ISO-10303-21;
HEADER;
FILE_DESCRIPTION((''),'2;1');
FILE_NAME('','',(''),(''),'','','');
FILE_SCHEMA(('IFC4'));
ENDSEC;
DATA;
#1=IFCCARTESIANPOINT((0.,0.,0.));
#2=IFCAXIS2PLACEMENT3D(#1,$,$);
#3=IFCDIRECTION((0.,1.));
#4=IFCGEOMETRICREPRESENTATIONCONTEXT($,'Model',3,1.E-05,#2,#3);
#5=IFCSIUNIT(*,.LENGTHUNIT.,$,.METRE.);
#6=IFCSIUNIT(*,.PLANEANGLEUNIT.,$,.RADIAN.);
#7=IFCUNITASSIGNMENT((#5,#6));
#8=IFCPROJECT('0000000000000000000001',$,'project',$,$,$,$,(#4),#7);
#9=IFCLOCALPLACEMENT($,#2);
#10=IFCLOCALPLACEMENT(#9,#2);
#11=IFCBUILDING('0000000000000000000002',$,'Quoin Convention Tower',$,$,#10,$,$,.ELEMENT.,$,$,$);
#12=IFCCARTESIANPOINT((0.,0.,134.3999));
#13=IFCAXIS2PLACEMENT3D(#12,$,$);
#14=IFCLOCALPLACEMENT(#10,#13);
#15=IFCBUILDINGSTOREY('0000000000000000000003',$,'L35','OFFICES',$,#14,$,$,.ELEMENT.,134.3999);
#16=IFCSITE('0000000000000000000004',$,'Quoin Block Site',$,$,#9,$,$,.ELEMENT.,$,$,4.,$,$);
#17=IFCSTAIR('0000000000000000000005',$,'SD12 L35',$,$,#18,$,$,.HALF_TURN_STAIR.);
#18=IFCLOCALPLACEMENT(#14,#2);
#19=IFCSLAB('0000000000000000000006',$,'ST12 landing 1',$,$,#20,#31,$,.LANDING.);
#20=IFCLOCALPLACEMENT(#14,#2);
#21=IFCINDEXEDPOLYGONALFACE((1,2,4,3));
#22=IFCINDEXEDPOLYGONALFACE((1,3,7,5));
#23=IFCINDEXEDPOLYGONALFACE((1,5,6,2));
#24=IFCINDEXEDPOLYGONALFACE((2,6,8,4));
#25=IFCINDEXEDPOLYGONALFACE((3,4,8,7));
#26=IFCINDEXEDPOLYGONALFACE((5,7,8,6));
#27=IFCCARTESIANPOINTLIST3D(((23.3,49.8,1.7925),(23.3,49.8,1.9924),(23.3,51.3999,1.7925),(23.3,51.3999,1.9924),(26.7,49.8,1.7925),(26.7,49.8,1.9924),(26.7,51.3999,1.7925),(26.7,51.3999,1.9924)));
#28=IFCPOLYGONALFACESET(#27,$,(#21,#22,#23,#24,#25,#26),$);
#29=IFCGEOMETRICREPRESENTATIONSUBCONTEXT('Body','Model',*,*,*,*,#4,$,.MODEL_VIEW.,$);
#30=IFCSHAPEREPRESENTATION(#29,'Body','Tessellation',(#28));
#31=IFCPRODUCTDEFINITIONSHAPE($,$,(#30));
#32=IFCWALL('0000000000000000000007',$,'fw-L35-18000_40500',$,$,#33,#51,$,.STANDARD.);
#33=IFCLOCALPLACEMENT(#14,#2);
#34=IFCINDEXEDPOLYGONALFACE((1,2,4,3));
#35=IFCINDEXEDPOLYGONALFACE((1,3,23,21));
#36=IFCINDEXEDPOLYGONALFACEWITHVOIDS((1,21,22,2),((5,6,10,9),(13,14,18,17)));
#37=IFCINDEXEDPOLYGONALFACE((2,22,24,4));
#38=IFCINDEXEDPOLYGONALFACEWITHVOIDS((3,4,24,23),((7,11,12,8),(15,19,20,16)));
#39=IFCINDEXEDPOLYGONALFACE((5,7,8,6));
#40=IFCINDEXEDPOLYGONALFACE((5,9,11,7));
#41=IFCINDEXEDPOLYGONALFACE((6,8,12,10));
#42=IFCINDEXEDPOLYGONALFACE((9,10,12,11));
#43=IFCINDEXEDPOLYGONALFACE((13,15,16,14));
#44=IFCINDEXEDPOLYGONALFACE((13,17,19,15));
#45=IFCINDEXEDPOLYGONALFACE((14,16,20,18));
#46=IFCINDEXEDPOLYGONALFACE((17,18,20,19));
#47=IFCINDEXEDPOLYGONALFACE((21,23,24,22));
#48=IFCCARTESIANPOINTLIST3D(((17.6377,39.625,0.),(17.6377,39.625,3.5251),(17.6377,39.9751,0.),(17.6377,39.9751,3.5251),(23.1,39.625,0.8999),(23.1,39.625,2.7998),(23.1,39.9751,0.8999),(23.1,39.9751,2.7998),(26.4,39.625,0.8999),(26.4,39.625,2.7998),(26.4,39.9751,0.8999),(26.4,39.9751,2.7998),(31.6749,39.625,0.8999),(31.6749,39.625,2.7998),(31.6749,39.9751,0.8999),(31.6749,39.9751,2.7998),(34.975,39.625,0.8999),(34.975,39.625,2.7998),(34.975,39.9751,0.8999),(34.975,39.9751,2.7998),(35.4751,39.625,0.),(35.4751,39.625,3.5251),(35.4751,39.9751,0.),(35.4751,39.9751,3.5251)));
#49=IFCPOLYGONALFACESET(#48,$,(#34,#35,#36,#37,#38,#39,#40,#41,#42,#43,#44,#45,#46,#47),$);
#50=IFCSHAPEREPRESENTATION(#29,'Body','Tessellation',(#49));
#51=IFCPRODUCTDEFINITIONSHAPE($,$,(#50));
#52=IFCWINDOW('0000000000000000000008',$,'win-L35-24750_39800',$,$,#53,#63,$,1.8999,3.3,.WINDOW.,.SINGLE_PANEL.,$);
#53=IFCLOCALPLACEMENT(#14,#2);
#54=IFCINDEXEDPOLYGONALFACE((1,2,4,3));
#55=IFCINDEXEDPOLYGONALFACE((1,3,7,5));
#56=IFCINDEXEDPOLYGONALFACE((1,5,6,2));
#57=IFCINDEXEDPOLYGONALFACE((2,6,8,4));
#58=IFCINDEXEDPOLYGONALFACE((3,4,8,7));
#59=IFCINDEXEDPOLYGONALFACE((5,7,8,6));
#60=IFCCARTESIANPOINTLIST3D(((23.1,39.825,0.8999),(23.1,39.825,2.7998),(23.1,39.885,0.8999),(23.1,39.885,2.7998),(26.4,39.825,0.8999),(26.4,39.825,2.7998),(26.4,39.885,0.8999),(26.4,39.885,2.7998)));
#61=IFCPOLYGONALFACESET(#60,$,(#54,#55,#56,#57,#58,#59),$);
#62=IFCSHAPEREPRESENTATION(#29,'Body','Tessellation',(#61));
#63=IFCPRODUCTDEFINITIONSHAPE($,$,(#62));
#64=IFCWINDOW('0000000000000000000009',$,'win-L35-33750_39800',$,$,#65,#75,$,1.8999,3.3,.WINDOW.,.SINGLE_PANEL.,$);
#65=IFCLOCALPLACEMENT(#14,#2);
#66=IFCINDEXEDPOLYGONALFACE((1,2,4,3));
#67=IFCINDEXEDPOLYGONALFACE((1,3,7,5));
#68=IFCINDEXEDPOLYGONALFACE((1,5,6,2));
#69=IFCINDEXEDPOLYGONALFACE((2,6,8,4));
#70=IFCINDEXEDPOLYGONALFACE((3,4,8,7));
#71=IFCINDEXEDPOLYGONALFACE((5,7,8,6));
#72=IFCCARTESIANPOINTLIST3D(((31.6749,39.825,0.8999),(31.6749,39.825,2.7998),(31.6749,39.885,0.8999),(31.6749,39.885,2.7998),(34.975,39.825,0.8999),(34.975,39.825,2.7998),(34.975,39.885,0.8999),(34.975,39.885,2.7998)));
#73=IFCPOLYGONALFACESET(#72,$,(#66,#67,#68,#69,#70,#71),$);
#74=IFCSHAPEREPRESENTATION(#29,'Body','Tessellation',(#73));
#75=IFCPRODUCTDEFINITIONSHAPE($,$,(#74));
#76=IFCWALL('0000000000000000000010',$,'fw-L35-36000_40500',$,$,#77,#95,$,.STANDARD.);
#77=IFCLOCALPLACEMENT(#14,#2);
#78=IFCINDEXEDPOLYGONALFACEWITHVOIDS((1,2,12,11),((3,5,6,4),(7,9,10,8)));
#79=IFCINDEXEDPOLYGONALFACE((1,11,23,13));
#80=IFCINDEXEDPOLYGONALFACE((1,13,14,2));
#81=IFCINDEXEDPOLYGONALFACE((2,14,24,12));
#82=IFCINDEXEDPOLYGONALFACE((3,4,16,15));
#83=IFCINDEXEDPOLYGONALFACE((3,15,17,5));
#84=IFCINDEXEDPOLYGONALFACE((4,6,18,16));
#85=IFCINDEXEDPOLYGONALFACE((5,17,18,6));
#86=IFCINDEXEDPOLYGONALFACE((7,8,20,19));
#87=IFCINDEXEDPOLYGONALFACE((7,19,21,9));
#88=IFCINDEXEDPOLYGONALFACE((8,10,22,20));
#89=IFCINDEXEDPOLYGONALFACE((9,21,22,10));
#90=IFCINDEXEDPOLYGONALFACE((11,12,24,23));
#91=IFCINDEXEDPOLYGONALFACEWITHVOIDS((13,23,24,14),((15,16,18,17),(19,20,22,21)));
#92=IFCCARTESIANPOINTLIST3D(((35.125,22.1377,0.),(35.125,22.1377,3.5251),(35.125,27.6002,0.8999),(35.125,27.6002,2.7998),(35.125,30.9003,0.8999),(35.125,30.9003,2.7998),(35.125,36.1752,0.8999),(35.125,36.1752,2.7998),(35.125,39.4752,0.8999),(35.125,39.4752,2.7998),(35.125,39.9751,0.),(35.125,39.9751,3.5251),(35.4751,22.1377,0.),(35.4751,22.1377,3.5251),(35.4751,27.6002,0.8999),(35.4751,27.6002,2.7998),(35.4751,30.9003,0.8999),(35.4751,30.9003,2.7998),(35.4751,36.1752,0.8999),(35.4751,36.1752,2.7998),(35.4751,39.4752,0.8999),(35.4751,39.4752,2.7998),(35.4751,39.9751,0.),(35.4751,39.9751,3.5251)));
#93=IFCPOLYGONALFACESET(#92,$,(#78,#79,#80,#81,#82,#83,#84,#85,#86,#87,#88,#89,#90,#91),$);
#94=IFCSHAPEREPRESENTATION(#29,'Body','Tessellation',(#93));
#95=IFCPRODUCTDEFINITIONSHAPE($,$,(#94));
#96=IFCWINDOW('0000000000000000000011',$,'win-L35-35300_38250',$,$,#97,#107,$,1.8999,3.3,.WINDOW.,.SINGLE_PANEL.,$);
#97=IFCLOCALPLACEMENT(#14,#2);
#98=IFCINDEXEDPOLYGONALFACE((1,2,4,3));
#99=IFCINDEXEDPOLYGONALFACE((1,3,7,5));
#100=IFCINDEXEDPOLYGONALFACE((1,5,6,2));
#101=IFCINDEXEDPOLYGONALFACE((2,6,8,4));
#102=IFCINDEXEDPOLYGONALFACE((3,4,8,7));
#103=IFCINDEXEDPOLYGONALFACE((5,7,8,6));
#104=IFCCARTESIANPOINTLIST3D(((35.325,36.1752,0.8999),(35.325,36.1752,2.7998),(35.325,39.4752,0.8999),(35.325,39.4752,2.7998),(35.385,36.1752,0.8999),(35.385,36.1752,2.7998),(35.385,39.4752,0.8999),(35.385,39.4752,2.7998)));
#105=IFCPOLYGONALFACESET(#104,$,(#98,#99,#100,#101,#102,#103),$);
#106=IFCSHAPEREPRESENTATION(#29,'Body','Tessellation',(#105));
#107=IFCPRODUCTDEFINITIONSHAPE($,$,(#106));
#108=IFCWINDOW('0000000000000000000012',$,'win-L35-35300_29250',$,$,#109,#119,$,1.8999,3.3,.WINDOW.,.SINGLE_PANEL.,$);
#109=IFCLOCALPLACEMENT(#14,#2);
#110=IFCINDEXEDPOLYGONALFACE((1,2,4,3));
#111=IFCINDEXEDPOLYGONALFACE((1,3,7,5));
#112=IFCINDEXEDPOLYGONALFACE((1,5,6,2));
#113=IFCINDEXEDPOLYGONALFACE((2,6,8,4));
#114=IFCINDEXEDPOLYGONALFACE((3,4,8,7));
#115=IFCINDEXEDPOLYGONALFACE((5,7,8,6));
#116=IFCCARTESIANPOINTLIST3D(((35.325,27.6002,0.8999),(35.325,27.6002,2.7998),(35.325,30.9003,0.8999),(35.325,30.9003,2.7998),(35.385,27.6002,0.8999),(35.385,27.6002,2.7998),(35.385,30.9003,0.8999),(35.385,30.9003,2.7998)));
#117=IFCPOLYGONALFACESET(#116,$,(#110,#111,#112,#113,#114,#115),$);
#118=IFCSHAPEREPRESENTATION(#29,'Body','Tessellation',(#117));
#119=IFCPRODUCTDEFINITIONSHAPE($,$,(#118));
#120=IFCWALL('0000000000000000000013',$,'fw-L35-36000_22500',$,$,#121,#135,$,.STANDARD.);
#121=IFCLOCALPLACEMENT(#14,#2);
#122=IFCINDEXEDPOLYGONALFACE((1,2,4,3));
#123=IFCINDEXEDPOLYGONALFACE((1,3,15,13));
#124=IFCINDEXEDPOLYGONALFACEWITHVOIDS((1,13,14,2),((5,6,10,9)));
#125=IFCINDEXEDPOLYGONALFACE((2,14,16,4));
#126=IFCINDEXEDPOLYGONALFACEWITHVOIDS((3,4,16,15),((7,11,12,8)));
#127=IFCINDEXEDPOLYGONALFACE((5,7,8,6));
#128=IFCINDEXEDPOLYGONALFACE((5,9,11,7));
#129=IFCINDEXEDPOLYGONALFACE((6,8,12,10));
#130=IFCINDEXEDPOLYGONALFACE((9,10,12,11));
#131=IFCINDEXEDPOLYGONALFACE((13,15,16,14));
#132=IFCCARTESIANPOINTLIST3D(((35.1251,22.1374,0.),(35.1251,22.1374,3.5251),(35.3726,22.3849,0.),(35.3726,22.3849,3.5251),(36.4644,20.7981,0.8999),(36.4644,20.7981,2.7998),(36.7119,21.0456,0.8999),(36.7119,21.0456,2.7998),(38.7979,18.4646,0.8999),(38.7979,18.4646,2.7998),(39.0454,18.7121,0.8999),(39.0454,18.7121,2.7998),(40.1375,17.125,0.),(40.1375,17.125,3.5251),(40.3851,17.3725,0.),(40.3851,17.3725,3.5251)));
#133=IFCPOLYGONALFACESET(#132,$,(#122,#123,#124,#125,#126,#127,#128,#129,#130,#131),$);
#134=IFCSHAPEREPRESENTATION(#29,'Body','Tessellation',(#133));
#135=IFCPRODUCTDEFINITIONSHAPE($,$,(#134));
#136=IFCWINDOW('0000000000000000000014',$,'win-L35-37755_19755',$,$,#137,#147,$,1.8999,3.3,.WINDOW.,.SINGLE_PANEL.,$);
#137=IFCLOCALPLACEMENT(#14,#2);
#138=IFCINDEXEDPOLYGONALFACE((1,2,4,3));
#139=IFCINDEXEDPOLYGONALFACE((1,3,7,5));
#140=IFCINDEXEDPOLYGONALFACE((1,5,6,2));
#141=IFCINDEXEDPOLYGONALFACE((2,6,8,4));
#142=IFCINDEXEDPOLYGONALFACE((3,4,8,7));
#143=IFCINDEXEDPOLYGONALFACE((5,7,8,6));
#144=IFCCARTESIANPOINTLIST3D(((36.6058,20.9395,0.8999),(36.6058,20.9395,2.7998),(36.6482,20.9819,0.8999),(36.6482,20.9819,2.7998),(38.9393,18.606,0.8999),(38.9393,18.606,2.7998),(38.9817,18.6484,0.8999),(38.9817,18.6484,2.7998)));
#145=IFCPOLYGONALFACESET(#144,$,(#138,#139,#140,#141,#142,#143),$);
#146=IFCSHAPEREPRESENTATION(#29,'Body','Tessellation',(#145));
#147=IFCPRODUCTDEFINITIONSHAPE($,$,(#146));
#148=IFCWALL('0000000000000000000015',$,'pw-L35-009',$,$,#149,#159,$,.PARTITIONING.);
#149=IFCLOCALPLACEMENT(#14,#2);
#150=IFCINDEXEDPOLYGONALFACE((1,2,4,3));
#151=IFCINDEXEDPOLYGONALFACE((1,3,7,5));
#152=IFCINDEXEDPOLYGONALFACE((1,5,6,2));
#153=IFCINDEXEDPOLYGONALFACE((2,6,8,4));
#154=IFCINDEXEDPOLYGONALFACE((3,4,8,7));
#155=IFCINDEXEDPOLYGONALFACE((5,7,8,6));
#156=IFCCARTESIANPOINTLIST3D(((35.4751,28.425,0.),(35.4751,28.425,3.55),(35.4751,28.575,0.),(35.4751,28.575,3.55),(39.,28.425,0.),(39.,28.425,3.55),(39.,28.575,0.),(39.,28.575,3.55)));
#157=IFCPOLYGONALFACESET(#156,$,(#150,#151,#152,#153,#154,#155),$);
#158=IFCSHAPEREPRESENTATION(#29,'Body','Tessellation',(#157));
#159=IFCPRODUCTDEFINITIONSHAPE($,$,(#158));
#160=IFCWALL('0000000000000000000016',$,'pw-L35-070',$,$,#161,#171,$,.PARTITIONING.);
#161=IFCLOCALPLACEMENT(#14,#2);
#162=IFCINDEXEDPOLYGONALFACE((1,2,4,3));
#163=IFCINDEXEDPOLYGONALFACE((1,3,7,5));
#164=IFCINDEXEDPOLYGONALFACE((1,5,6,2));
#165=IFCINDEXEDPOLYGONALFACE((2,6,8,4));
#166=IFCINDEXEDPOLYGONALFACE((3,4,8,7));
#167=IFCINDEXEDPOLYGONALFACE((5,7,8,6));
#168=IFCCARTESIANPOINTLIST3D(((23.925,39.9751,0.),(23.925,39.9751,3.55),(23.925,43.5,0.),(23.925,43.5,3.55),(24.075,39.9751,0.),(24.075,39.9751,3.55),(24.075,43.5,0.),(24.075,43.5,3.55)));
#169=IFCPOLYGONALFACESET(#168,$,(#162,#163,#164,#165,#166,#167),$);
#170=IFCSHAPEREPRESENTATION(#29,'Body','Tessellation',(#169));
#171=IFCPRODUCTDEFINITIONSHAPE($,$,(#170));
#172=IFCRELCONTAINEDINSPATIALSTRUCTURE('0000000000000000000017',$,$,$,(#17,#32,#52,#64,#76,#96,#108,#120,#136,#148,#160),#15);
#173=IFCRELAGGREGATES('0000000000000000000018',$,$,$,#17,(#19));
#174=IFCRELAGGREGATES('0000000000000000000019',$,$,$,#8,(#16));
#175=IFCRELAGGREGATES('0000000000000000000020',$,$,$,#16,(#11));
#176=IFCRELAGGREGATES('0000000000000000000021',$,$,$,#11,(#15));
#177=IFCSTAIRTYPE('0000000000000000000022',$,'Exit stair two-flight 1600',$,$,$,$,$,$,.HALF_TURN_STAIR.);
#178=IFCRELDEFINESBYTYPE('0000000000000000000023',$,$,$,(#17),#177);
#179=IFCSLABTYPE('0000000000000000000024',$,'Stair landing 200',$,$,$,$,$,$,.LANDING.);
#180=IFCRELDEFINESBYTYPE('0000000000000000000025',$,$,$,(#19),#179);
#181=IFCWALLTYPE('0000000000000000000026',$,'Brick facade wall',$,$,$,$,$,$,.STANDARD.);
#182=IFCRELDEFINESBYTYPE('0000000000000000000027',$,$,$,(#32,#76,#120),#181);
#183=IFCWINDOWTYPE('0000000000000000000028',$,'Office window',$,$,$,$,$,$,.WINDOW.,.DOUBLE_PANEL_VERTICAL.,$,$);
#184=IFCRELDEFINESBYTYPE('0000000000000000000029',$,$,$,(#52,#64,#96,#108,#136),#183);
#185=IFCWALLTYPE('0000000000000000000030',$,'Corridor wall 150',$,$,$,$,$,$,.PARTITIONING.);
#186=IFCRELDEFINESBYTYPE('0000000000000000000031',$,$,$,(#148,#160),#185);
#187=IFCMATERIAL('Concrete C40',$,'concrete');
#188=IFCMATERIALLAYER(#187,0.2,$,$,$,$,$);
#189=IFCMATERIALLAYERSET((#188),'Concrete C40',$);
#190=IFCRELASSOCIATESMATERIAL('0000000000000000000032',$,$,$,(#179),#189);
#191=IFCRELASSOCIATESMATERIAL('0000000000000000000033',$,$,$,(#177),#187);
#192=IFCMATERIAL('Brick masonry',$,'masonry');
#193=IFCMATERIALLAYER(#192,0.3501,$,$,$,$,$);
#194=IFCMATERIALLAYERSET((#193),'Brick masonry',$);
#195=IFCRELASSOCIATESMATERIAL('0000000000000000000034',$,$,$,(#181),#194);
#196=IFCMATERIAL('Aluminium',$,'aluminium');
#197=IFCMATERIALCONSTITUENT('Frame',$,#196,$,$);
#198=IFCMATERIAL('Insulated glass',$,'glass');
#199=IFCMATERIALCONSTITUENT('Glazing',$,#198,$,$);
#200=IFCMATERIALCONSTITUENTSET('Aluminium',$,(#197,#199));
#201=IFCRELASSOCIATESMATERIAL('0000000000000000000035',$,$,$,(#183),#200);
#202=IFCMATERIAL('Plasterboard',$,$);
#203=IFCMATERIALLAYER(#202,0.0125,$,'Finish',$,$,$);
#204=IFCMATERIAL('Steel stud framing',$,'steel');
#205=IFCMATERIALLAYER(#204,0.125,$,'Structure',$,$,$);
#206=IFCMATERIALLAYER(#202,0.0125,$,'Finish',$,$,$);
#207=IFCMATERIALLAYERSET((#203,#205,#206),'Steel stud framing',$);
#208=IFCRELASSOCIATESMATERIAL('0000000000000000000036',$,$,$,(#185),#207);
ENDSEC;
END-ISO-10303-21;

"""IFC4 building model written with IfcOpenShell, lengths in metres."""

from ifc_helpers import new_model, si_unit, direction, frame, frame_2d, origin, place, context, subcontext, project, spatial, polyline, rectangle, outline, extrude, material, layer, layer_set, constituent, constituent_set, type_object, element, fill, aggregate, save


model = new_model("IFC4")

# Units and contexts
model_context = context("Model", 3, precision=1e-05, world=origin(), true_north=direction((0.0, 1.0)))
body_context = subcontext(model_context, "Body", "Model", "MODEL_VIEW")
ifc_project = project(units=[si_unit("LENGTHUNIT", "METRE"), si_unit("PLANEANGLEUNIT", "RADIAN")], contexts=[model_context])

# Site, building, storey
site_placement = place(None, origin())
site = spatial("IfcSite", under=ifc_project, at=site_placement, Name="Quoin Block Site", CompositionType="ELEMENT", RefElevation=4.0)
building_placement = place(site_placement, origin())
building = spatial("IfcBuilding", under=site, at=building_placement, Name="Quoin Convention Tower", CompositionType="ELEMENT")
storey_placement = place(building_placement, frame((0.0, 0.0, 134.3999)))
storey = spatial("IfcBuildingStorey", under=building, at=storey_placement, Name="L35", Description="OFFICES", CompositionType="ELEMENT", Elevation=134.3999)

# Shared definitions
ifc_material_1 = material(Name="Concrete C40", Category="concrete")

# Stair, slab
ifc_layer_1 = layer(ifc_material_1, 0.2)
ifc_layer_set_1 = layer_set([ifc_layer_1], Name="Concrete C40")
slab_type_1 = type_object("IfcSlabType", Name="Stair landing 200", PredefinedType="LANDING", material=ifc_layer_set_1)
stair_type_1 = type_object("IfcStairType", Name="Exit stair two-flight 1600", PredefinedType="HALF_TURN_STAIR", material=ifc_material_1)
stair_1_placement = place(storey_placement, origin())
stair_1 = element("IfcStair", 1, at=stair_1_placement, inside=storey, type_object=stair_type_1, Name="SD12 L35", PredefinedType="HALF_TURN_STAIR")
slab_1_placement = place(storey_placement, frame((0.0, 0.0, 1.7925)))
slab_1 = element("IfcSlab", 2, at=slab_1_placement, type_object=slab_type_1, Name="ST12 landing 1", PredefinedType="LANDING", context=body_context, shape_type="SweptSolid", body=[
    extrude(outline(polyline([(26.7, 51.3999), (23.3, 51.3999), (23.3, 49.8), (26.7, 49.8), (26.7, 51.3999)])), origin(), (0.0, 0.0, 1.0), 0.2),
])
aggregate(stair_1, [slab_1])

# Walls, openings, windows
ifc_material_2 = material(Name="Brick masonry", Category="masonry")
ifc_layer_2 = layer(ifc_material_2, 0.3501)
ifc_layer_set_2 = layer_set([ifc_layer_2], Name="Brick masonry")
wall_type_1 = type_object("IfcWallType", Name="Brick facade wall", PredefinedType="STANDARD", material=ifc_layer_set_2)
wall_1_placement = place(storey_placement, frame((17.6377, 39.8, 0.0), z_axis=(0.0, 0.0, 1.0), x_axis=(1.0, 0.0, 0.0)))
wall_1 = element("IfcWall", 3, at=wall_1_placement, inside=storey, type_object=wall_type_1, Name="fw-L35-18000_40500", PredefinedType="STANDARD", context=body_context, shape_type="SweptSolid", body=[
    extrude(rectangle(XDim=17.8374, YDim=0.3501, at=frame_2d((8.9187, 0.0))), origin(), (0.0, 0.0, 1.0), 3.5251),
])
opening_1_placement = place(wall_1_placement, frame((5.4624, 0.0, 0.8999)))
opening_1 = element("IfcOpeningElement", 4, at=opening_1_placement, cuts=wall_1, PredefinedType="OPENING", context=body_context, shape_type="SweptSolid", body=[
    extrude(rectangle(XDim=3.3, YDim=1.8999, at=frame_2d((1.6499, 0.95))), frame((0.0, 0.1851, 0.0), z_axis=(0.0, -1.0, 0.0), x_axis=(1.0, 0.0, 0.0)), (0.0, 0.0, 1.0), 0.3701),
])
opening_2_placement = place(wall_1_placement, frame((14.0374, 0.0, 0.8999)))
opening_2 = element("IfcOpeningElement", 5, at=opening_2_placement, cuts=wall_1, PredefinedType="OPENING", context=body_context, shape_type="SweptSolid", body=[
    extrude(rectangle(XDim=3.3, YDim=1.8999, at=frame_2d((1.6499, 0.95))), frame((0.0, 0.1851, 0.0), z_axis=(0.0, -1.0, 0.0), x_axis=(1.0, 0.0, 0.0)), (0.0, 0.0, 1.0), 0.3701),
])
ifc_material_3 = material(Name="Aluminium", Category="aluminium")
ifc_constituent_1 = constituent(ifc_material_3, Name="Frame")
ifc_material_4 = material(Name="Insulated glass", Category="glass")
ifc_constituent_2 = constituent(ifc_material_4, Name="Glazing")
ifc_constituent_set = constituent_set(constituents=[ifc_constituent_1, ifc_constituent_2], Name="Aluminium")
window_type = type_object("IfcWindowType", Name="Office window", PartitioningType="DOUBLE_PANEL_VERTICAL", PredefinedType="WINDOW", material=ifc_constituent_set)
window_1_placement = place(opening_1_placement, origin())
window_1 = element("IfcWindow", 6, at=window_1_placement, inside=storey, type_object=window_type, Name="win-L35-24750_39800", OverallHeight=1.8999, OverallWidth=3.3, PartitioningType="SINGLE_PANEL", PredefinedType="WINDOW", context=body_context, shape_type="SweptSolid", body=[
    extrude(rectangle(XDim=3.3, YDim=1.8999, at=frame_2d((1.6499, 0.95))), frame((0.0, 0.085, 0.0), z_axis=(0.0, -1.0, 0.0), x_axis=(1.0, 0.0, 0.0)), (0.0, 0.0, 1.0), 0.0601),
])
fill(opening_1, window_1)
window_2_placement = place(opening_2_placement, origin())
window_2 = element("IfcWindow", 7, at=window_2_placement, inside=storey, type_object=window_type, Name="win-L35-33750_39800", OverallHeight=1.8999, OverallWidth=3.3, PartitioningType="SINGLE_PANEL", PredefinedType="WINDOW", context=body_context, shape_type="SweptSolid", body=[
    extrude(rectangle(XDim=3.3, YDim=1.8999, at=frame_2d((1.6499, 0.95))), frame((0.0, 0.085, 0.0), z_axis=(0.0, -1.0, 0.0), x_axis=(1.0, 0.0, 0.0)), (0.0, 0.0, 1.0), 0.0601),
])
fill(opening_2, window_2)
wall_2_placement = place(storey_placement, frame((35.3, 39.9751, 0.0), z_axis=(0.0, 0.0, 1.0), x_axis=(0.0, -1.0, 0.0)))
wall_2 = element("IfcWall", 8, at=wall_2_placement, inside=storey, type_object=wall_type_1, Name="fw-L35-36000_40500", PredefinedType="STANDARD", context=body_context, shape_type="SweptSolid", body=[
    extrude(rectangle(XDim=17.8374, YDim=0.3501, at=frame_2d((8.9187, 0.0))), origin(), (0.0, 0.0, 1.0), 3.5251),
])
opening_3_placement = place(wall_2_placement, frame((0.5, 0.0, 0.8999)))
opening_3 = element("IfcOpeningElement", 9, at=opening_3_placement, cuts=wall_2, PredefinedType="OPENING", context=body_context, shape_type="SweptSolid", body=[
    extrude(rectangle(XDim=3.3, YDim=1.8999, at=frame_2d((1.6499, 0.95))), frame((0.0, 0.1851, 0.0), z_axis=(0.0, -1.0, 0.0), x_axis=(1.0, 0.0, 0.0)), (0.0, 0.0, 1.0), 0.3701),
])
opening_4_placement = place(wall_2_placement, frame((9.075, 0.0, 0.8999)))
opening_4 = element("IfcOpeningElement", 10, at=opening_4_placement, cuts=wall_2, PredefinedType="OPENING", context=body_context, shape_type="SweptSolid", body=[
    extrude(rectangle(XDim=3.3, YDim=1.8999, at=frame_2d((1.6499, 0.95))), frame((0.0, 0.1851, 0.0), z_axis=(0.0, -1.0, 0.0), x_axis=(1.0, 0.0, 0.0)), (0.0, 0.0, 1.0), 0.3701),
])
window_3_placement = place(opening_3_placement, origin())
window_3 = element("IfcWindow", 11, at=window_3_placement, inside=storey, type_object=window_type, Name="win-L35-35300_38250", OverallHeight=1.8999, OverallWidth=3.3, PartitioningType="SINGLE_PANEL", PredefinedType="WINDOW", context=body_context, shape_type="SweptSolid", body=[
    extrude(rectangle(XDim=3.3, YDim=1.8999, at=frame_2d((1.6499, 0.95))), frame((0.0, 0.085, 0.0), z_axis=(0.0, -1.0, 0.0), x_axis=(1.0, 0.0, 0.0)), (0.0, 0.0, 1.0), 0.0601),
])
fill(opening_3, window_3)
window_4_placement = place(opening_4_placement, origin())
window_4 = element("IfcWindow", 12, at=window_4_placement, inside=storey, type_object=window_type, Name="win-L35-35300_29250", OverallHeight=1.8999, OverallWidth=3.3, PartitioningType="SINGLE_PANEL", PredefinedType="WINDOW", context=body_context, shape_type="SweptSolid", body=[
    extrude(rectangle(XDim=3.3, YDim=1.8999, at=frame_2d((1.6499, 0.95))), frame((0.0, 0.085, 0.0), z_axis=(0.0, -1.0, 0.0), x_axis=(1.0, 0.0, 0.0)), (0.0, 0.0, 1.0), 0.0601),
])
fill(opening_4, window_4)

# Wall, opening, window
wall_3_placement = place(storey_placement, frame((35.2488, 22.2612, 0.0), z_axis=(0.0, 0.0, 1.0), x_axis=(0.707107, -0.707107, 0.0)))
wall_3 = element("IfcWall", 13, at=wall_3_placement, inside=storey, type_object=wall_type_1, Name="fw-L35-36000_22500", PredefinedType="STANDARD", context=body_context, shape_type="SweptSolid", body=[
    extrude(rectangle(XDim=7.0886, YDim=0.3501, at=frame_2d((3.5444, 0.0))), origin(), (0.0, 0.0, 1.0), 3.5251),
])
opening_5_placement = place(wall_3_placement, frame((1.8943, 0.0, 0.8999)))
opening_5 = element("IfcOpeningElement", 14, at=opening_5_placement, cuts=wall_3, PredefinedType="OPENING", context=body_context, shape_type="SweptSolid", body=[
    extrude(rectangle(XDim=3.3, YDim=1.8999, at=frame_2d((1.6499, 0.95))), frame((0.0, 0.1851, 0.0), z_axis=(0.0, -1.0, 0.0), x_axis=(1.0, 0.0, 0.0)), (0.0, 0.0, 1.0), 0.3701),
])
window_5_placement = place(opening_5_placement, origin())
window_5 = element("IfcWindow", 15, at=window_5_placement, inside=storey, type_object=window_type, Name="win-L35-37755_19755", OverallHeight=1.8999, OverallWidth=3.3, PartitioningType="SINGLE_PANEL", PredefinedType="WINDOW", context=body_context, shape_type="SweptSolid", body=[
    extrude(rectangle(XDim=3.3, YDim=1.8999, at=frame_2d((1.6499, 0.95))), frame((0.0, 0.085, 0.0), z_axis=(0.0, -1.0, 0.0), x_axis=(1.0, 0.0, 0.0)), (0.0, 0.0, 1.0), 0.0601),
])
fill(opening_5, window_5)

# Walls
ifc_material_5 = material(Name="Plasterboard")
ifc_layer_3 = layer(ifc_material_5, 0.0125, Name="Finish")
ifc_material_6 = material(Name="Steel stud framing", Category="steel")
ifc_layer_4 = layer(ifc_material_6, 0.125, Name="Structure")
ifc_layer_5 = layer(ifc_material_5, 0.0125, Name="Finish")
ifc_layer_set_3 = layer_set([ifc_layer_3, ifc_layer_4, ifc_layer_5], Name="Steel stud framing")
wall_type_2 = type_object("IfcWallType", Name="Corridor wall 150", PredefinedType="PARTITIONING", material=ifc_layer_set_3)
for number, where, z_axis, x_axis, name in (
    (16, (35.4751, 28.5, 0.0), (0.0, 0.0, 1.0), (1.0, 0.0, 0.0), "pw-L35-009"),
    (17, (24.0, 39.9751, 0.0), (0.0, 0.0, 1.0), (0.0, 1.0, 0.0), "pw-L35-070"),
):
    element("IfcWall", number, at=place(storey_placement, frame(where, z_axis=z_axis, x_axis=x_axis)), inside=storey, type_object=wall_type_2, Name=name, PredefinedType="PARTITIONING", context=body_context, shape_type="SweptSolid", body=[
        extrude(rectangle(XDim=3.5249, YDim=0.1499, at=frame_2d((1.7625, 0.0))), origin(), (0.0, 0.0, 1.0), 3.55),
    ])

save(model, "model.ifc")
